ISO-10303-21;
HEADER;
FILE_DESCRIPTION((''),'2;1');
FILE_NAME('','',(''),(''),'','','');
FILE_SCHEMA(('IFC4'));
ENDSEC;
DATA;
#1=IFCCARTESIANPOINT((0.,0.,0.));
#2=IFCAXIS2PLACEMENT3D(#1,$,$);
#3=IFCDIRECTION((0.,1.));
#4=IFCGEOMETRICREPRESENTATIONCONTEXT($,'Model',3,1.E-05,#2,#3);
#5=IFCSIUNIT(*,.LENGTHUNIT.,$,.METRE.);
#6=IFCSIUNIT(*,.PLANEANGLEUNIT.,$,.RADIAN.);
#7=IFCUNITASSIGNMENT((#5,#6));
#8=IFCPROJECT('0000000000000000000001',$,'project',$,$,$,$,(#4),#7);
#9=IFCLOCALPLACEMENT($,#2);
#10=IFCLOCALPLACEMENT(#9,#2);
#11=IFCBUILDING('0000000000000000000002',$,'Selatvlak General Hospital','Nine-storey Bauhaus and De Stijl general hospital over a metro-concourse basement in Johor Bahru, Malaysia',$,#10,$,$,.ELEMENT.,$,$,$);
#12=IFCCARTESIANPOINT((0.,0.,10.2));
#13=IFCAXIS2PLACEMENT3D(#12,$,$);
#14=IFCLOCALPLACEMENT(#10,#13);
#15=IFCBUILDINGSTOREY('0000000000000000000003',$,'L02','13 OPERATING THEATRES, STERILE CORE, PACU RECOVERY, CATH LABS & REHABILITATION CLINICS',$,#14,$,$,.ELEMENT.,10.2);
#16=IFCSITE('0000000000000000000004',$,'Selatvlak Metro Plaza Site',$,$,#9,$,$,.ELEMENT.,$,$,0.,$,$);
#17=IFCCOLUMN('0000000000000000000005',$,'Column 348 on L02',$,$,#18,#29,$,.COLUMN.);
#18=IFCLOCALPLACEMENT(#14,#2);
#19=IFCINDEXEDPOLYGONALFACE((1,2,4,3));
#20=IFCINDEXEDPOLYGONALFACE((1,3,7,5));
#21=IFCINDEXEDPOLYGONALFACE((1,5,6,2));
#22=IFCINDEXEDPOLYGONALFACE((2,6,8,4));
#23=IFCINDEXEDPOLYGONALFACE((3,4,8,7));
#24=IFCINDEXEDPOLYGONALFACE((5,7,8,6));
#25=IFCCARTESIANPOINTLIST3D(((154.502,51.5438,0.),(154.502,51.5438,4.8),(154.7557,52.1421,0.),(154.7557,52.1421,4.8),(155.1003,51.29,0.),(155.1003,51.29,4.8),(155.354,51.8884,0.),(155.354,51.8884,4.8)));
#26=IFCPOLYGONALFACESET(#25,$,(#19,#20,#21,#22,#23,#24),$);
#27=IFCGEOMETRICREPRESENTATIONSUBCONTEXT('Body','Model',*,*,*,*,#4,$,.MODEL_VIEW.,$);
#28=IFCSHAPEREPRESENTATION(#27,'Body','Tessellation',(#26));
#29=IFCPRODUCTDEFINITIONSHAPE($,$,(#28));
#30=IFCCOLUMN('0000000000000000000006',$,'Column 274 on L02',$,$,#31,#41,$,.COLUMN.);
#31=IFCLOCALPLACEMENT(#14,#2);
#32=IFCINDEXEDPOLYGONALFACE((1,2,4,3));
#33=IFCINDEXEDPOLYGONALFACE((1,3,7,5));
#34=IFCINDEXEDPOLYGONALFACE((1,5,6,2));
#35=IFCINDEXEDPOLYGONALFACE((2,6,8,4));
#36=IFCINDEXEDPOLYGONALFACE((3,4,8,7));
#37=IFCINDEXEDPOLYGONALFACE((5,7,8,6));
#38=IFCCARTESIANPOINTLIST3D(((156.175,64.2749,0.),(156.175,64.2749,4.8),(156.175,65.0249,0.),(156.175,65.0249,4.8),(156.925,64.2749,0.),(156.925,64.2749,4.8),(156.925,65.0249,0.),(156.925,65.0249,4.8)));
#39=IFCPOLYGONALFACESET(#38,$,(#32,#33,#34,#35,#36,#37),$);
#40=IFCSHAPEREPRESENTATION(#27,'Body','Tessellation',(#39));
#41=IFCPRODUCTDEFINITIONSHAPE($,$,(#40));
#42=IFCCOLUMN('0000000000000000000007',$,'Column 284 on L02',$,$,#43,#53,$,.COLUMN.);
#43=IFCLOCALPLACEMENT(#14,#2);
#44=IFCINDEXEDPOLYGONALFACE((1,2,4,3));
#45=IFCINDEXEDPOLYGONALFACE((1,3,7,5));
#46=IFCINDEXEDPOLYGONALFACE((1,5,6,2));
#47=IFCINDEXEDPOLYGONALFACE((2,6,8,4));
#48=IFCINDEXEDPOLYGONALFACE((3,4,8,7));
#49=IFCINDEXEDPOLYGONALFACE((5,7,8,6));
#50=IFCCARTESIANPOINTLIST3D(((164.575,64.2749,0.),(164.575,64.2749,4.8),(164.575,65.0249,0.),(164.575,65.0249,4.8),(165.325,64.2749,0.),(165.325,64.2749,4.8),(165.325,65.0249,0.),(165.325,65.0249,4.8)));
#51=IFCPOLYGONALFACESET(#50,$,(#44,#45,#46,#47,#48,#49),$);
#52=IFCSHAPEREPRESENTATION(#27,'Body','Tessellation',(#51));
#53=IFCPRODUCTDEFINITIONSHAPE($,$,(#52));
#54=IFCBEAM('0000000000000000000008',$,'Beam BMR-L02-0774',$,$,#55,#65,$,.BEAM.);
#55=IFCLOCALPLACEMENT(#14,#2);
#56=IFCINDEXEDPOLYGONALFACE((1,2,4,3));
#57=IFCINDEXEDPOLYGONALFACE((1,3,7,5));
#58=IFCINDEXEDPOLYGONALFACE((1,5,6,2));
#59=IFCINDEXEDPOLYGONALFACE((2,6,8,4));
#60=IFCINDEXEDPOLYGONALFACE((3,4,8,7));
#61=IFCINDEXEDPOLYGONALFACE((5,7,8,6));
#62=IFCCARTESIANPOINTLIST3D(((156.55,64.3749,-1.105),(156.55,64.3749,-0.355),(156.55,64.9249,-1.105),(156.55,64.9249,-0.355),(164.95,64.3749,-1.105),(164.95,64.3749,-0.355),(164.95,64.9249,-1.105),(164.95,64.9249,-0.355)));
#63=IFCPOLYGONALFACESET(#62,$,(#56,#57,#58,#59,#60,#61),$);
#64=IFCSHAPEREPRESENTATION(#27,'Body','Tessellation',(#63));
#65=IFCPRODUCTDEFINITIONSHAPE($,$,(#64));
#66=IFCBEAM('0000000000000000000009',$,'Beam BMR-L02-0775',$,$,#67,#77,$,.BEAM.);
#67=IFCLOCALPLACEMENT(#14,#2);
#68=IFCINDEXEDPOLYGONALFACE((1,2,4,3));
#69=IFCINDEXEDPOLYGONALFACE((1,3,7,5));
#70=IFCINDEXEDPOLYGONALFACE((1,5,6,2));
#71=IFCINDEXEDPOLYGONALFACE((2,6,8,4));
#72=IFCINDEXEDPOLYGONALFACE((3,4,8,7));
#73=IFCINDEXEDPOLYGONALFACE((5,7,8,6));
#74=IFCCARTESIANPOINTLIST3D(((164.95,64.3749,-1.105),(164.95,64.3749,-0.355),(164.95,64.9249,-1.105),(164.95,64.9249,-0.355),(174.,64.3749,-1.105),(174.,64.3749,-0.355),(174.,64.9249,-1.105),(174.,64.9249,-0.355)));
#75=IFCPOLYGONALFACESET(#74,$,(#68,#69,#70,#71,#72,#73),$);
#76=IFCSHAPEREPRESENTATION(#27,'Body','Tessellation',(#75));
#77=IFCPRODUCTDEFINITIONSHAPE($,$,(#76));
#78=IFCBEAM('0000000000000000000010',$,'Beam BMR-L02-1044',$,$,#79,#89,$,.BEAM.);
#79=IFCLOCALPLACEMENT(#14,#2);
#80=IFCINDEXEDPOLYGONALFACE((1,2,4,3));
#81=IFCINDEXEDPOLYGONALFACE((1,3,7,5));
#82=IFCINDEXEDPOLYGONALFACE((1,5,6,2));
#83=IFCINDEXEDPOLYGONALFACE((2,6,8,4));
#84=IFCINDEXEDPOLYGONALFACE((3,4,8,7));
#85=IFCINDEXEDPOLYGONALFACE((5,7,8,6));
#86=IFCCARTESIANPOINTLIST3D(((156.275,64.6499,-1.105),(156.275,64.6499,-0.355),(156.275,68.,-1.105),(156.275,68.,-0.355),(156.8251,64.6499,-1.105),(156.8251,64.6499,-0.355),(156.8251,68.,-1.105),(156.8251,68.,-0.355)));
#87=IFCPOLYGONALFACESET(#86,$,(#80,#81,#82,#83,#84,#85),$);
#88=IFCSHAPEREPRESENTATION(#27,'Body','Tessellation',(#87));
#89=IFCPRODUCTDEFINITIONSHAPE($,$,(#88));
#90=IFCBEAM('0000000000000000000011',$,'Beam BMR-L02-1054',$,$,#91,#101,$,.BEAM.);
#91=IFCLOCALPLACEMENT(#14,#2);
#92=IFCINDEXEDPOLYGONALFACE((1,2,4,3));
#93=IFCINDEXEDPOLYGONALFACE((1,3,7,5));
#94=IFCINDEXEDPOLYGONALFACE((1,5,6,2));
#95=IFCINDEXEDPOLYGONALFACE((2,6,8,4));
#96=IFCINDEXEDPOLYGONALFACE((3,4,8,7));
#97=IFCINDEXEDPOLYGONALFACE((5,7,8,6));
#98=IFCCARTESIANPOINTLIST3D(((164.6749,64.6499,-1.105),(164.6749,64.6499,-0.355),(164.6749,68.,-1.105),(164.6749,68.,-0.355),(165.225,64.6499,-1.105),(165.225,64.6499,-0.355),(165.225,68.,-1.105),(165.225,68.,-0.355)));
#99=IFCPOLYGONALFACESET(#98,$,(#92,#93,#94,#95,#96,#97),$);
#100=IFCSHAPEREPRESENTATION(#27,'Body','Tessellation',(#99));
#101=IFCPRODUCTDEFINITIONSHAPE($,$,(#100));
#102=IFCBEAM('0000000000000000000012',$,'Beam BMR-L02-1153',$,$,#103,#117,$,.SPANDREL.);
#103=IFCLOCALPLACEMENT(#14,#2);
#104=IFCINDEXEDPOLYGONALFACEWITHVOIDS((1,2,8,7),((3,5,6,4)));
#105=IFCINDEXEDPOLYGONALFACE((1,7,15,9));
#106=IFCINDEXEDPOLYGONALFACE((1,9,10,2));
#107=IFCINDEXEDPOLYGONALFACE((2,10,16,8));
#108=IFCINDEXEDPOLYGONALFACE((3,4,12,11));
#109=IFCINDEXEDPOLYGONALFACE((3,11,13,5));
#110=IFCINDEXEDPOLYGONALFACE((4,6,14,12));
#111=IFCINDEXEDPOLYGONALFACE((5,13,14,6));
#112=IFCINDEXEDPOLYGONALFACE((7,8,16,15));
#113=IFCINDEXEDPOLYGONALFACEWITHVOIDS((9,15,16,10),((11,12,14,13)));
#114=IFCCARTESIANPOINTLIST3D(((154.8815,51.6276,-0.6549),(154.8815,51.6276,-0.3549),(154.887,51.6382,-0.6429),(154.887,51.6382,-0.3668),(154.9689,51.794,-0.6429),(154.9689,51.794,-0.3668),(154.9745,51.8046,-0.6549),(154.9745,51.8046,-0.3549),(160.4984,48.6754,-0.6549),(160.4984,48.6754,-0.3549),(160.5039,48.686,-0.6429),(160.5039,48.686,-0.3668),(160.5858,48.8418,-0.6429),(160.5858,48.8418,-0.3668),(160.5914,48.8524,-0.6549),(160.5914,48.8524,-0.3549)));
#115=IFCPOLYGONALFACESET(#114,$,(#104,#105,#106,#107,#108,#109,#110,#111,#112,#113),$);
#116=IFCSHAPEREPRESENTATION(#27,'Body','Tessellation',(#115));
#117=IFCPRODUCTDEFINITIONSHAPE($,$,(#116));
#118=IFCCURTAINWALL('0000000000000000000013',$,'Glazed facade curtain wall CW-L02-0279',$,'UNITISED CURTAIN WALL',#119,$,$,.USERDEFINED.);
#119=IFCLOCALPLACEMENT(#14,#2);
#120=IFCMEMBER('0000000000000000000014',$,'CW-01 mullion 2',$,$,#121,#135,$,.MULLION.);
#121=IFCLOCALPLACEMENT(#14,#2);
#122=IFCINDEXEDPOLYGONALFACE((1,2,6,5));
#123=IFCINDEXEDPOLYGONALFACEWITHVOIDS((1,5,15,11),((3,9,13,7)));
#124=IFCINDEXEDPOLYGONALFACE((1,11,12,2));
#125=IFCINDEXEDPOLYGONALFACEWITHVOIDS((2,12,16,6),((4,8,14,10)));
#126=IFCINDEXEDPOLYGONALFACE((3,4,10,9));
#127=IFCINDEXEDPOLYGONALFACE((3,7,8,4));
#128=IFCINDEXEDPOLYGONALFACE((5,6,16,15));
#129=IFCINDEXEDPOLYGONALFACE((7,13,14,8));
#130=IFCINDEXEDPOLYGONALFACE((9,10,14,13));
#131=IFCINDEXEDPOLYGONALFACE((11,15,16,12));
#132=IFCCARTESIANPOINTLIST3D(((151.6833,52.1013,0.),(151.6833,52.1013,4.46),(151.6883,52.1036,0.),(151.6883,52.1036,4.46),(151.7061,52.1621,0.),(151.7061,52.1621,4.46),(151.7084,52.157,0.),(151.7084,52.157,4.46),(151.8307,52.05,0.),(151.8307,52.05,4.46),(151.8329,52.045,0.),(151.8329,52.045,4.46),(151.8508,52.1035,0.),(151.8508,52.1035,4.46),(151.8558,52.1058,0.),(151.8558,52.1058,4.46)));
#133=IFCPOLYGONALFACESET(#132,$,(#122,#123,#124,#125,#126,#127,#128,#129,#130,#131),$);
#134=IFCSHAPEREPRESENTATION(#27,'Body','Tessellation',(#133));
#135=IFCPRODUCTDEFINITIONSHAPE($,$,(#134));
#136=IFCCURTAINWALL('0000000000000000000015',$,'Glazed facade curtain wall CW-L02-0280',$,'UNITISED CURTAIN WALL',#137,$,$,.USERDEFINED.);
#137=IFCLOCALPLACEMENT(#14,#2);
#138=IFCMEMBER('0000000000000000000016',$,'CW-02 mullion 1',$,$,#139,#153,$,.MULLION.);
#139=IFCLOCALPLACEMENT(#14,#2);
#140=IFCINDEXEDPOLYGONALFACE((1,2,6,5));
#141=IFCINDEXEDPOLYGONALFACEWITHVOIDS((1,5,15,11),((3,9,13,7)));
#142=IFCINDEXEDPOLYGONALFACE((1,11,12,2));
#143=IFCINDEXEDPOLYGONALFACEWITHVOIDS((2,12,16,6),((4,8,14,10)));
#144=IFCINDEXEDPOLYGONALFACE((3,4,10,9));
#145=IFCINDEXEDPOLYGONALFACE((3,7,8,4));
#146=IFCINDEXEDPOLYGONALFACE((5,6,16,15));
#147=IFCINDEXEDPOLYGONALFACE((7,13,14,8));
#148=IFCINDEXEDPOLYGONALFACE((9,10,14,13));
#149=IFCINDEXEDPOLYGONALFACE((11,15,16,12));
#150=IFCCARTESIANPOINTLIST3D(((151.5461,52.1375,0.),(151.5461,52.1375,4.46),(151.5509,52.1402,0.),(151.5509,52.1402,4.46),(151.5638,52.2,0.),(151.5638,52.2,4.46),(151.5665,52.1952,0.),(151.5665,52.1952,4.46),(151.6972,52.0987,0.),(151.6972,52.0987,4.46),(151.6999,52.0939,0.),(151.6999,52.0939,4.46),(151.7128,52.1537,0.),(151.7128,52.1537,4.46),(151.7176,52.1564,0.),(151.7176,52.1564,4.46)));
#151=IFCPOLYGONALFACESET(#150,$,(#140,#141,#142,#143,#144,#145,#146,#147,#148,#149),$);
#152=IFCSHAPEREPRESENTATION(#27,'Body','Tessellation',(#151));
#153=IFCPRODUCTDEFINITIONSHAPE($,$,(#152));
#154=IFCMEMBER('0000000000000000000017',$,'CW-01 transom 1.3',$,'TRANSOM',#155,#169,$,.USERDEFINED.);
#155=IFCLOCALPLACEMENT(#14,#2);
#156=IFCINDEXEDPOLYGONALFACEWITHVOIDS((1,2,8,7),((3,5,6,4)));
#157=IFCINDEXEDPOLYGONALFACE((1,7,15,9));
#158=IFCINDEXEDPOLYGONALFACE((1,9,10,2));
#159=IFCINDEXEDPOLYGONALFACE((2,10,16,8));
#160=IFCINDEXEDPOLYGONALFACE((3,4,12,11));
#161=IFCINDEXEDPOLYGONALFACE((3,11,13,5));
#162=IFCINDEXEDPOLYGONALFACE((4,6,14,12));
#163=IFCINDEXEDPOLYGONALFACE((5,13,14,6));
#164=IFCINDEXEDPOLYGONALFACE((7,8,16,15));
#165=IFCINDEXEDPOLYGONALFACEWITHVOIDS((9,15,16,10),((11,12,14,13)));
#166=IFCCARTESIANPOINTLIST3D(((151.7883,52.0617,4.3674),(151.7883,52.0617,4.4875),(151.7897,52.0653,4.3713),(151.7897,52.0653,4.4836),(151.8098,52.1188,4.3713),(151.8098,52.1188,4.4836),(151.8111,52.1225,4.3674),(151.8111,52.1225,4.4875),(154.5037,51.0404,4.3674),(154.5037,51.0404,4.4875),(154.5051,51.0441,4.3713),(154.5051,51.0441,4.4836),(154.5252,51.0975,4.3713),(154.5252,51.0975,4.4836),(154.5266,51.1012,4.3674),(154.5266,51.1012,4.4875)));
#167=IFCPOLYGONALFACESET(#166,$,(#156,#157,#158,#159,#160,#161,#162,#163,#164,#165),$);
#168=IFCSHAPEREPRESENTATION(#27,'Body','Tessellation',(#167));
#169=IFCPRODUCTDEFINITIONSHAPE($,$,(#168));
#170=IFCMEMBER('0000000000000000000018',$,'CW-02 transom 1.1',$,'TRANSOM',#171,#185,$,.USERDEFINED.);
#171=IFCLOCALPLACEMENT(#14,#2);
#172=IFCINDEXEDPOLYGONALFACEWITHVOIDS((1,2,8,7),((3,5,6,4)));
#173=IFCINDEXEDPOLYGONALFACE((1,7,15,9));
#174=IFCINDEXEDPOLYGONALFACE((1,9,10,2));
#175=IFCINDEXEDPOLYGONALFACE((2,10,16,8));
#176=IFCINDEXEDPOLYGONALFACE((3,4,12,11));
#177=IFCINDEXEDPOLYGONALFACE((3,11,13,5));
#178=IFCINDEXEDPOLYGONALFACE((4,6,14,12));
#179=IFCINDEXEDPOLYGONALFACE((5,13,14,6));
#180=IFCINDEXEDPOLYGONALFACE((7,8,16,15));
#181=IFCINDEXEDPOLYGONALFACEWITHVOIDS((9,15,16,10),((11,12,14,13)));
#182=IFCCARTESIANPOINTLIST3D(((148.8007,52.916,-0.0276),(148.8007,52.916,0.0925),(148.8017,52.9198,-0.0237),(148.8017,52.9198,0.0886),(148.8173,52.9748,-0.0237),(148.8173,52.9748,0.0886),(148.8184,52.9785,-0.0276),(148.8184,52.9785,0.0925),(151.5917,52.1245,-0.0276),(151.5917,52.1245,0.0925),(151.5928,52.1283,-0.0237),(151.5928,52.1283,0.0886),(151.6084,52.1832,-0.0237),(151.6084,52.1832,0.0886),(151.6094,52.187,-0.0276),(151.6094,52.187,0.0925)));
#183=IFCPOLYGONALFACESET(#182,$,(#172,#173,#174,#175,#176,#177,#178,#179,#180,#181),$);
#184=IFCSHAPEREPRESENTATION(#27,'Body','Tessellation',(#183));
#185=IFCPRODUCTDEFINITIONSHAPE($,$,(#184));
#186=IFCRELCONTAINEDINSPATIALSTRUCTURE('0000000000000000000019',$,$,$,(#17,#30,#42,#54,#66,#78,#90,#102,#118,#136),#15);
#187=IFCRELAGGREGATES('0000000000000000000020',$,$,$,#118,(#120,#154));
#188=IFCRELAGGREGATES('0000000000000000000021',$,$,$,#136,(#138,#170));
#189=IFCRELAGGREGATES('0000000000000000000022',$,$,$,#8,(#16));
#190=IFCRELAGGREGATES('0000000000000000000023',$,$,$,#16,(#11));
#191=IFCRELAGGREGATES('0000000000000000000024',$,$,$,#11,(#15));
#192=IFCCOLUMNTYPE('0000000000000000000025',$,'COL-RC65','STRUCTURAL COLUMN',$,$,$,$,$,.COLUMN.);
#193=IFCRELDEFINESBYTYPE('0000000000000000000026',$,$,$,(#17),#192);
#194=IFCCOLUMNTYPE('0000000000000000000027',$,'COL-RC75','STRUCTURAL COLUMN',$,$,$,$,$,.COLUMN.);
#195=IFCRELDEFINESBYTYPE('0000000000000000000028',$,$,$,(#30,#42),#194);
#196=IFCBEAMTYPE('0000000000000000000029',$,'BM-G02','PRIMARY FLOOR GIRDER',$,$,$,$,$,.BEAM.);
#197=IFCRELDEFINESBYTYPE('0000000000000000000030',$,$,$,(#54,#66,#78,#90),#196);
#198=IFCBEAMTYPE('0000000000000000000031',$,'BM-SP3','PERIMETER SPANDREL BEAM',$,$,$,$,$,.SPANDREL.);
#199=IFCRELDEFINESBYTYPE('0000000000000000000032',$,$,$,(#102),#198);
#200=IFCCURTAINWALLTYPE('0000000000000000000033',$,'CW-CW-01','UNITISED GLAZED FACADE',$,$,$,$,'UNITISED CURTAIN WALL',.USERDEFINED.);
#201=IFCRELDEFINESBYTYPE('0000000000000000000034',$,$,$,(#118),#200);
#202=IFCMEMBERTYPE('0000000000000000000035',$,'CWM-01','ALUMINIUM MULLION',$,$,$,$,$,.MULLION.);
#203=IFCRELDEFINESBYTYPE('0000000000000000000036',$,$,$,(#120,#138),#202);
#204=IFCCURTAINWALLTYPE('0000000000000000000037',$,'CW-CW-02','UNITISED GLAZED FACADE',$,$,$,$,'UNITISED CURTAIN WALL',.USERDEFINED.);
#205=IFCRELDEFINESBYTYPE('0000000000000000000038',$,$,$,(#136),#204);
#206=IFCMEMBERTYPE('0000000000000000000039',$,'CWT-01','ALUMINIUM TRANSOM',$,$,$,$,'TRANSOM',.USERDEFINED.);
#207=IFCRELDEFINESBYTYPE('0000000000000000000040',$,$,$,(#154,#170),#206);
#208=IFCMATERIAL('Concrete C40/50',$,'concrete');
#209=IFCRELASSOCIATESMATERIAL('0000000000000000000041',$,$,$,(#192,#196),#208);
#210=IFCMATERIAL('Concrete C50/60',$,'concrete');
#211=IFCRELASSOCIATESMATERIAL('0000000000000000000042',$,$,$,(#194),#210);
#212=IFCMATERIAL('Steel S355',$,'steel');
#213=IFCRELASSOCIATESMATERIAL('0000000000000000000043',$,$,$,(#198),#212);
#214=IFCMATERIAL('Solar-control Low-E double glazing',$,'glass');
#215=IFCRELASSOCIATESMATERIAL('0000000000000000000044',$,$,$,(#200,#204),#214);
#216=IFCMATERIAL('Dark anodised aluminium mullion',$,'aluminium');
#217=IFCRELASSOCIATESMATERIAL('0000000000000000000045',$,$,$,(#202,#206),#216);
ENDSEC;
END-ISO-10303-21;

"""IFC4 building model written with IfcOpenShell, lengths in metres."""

from ifc_helpers import new_model, si_unit, direction, frame, origin, origin_2d, place, context, subcontext, project, spatial, rectangle, hollow_rectangle, extrude, material, material_profile, profile_set, type_object, element, aggregate, save


model = new_model("IFC4")

# Units and contexts
model_context = context("Model", 3, precision=1e-05, world=origin(), true_north=direction((0.0, 1.0)))
body_context = subcontext(model_context, "Body", "Model", "MODEL_VIEW")
ifc_project = project(units=[si_unit("LENGTHUNIT", "METRE"), si_unit("PLANEANGLEUNIT", "RADIAN")], contexts=[model_context])

# Site, building, storey
site_placement = place(None, origin())
site = spatial("IfcSite", under=ifc_project, at=site_placement, Name="Selatvlak Metro Plaza Site", CompositionType="ELEMENT", RefElevation=0.0)
building_placement = place(site_placement, origin())
building = spatial("IfcBuilding", under=site, at=building_placement, Name="Selatvlak General Hospital", Description="Nine-storey Bauhaus and De Stijl general hospital over a metro-concourse basement in Johor Bahru, Malaysia", CompositionType="ELEMENT")
storey_placement = place(building_placement, frame((0.0, 0.0, 10.2)))
storey = spatial("IfcBuildingStorey", under=building, at=storey_placement, Name="L02", Description="13 OPERATING THEATRES, STERILE CORE, PACU RECOVERY, CATH LABS & REHABILITATION CLINICS", CompositionType="ELEMENT", Elevation=10.2)

# Columns
ifc_material_1 = material(Name="Concrete C40/50", Category="concrete")
ifc_material_profile_1 = material_profile(ifc_material_1, rectangle(XDim=0.6499, YDim=0.6499, at=origin_2d()), Name="RC-COL 650x650")
ifc_profile_set_1 = profile_set([ifc_material_profile_1], Name="Concrete C40/50")
column_type_1 = type_object("IfcColumnType", Name="COL-RC65", Description="STRUCTURAL COLUMN", PredefinedType="COLUMN", material=ifc_profile_set_1)
column_placement = place(storey_placement, frame((154.928, 51.7161, 0.0), z_axis=(0.0, 0.0, 1.0), x_axis=(0.390394, 0.920648, 0.0)))
element("IfcColumn", 1, at=column_placement, inside=storey, type_object=column_type_1, Name="Column 348 on L02", PredefinedType="COLUMN", context=body_context, shape_type="SweptSolid", body=[
    extrude(rectangle(XDim=0.6499, YDim=0.6499, at=origin_2d()), origin(), (0.0, 0.0, 1.0), 4.8),
])
ifc_material_2 = material(Name="Concrete C50/60", Category="concrete")
ifc_material_profile_2 = material_profile(ifc_material_2, rectangle(XDim=0.75, YDim=0.75, at=origin_2d()), Name="RC-COL 750x750")
ifc_profile_set_2 = profile_set([ifc_material_profile_2], Name="Concrete C50/60")
column_type_2 = type_object("IfcColumnType", Name="COL-RC75", Description="STRUCTURAL COLUMN", PredefinedType="COLUMN", material=ifc_profile_set_2)
for number, where, z_axis, x_axis, name in (
    (2, (156.55, 64.6499, 0.0), (0.0, 0.0, 1.0), (1.0, 0.0, 0.0), "Column 274 on L02"),
    (3, (164.95, 64.6499, 0.0), (0.0, 0.0, 1.0), (1.0, 0.0, 0.0), "Column 284 on L02"),
):
    element("IfcColumn", number, at=place(storey_placement, frame(where, z_axis=z_axis, x_axis=x_axis)), inside=storey, type_object=column_type_2, Name=name, PredefinedType="COLUMN", context=body_context, shape_type="SweptSolid", body=[
        extrude(rectangle(XDim=0.75, YDim=0.75, at=origin_2d()), origin(), (0.0, 0.0, 1.0), 4.8),
    ])

# Beams
ifc_material_profile_3 = material_profile(ifc_material_1, rectangle(XDim=0.55, YDim=0.75, at=origin_2d()), Name="RC-BM 550x750")
ifc_profile_set_3 = profile_set([ifc_material_profile_3], Name="Concrete C40/50")
beam_type_1 = type_object("IfcBeamType", Name="BM-G02", Description="PRIMARY FLOOR GIRDER", PredefinedType="BEAM", material=ifc_profile_set_3)
beam_1_placement = place(storey_placement, frame((156.55, 64.6499, -0.73), z_axis=(1.0, 0.0, 0.0), x_axis=(0.0, 1.0, 0.0)))
element("IfcBeam", 4, at=beam_1_placement, inside=storey, type_object=beam_type_1, Name="Beam BMR-L02-0774", PredefinedType="BEAM", context=body_context, shape_type="SweptSolid", body=[
    extrude(rectangle(XDim=0.55, YDim=0.75, at=origin_2d()), origin(), (0.0, 0.0, 1.0), 8.3999),
])
beam_2_placement = place(storey_placement, frame((164.95, 64.6499, -0.73), z_axis=(1.0, 0.0, 0.0), x_axis=(0.0, 1.0, 0.0)))
element("IfcBeam", 5, at=beam_2_placement, inside=storey, type_object=beam_type_1, Name="Beam BMR-L02-0775", PredefinedType="BEAM", context=body_context, shape_type="SweptSolid", body=[
    extrude(rectangle(XDim=0.55, YDim=0.75, at=origin_2d()), origin(), (0.0, 0.0, 1.0), 9.05),
])
for number, where, z_axis, x_axis, name in (
    (6, (156.55, 64.6499, -0.73), (0.0, 1.0, 0.0), (-1.0, 0.0, 0.0), "Beam BMR-L02-1044"),
    (7, (164.95, 64.6499, -0.73), (0.0, 1.0, 0.0), (-1.0, 0.0, 0.0), "Beam BMR-L02-1054"),
):
    element("IfcBeam", number, at=place(storey_placement, frame(where, z_axis=z_axis, x_axis=x_axis)), inside=storey, type_object=beam_type_1, Name=name, PredefinedType="BEAM", context=body_context, shape_type="SweptSolid", body=[
        extrude(rectangle(XDim=0.55, YDim=0.75, at=origin_2d()), origin(), (0.0, 0.0, 1.0), 3.3501),
    ])
ifc_material_3 = material(Name="Steel S355", Category="steel")
ifc_material_profile_4 = material_profile(ifc_material_3, hollow_rectangle(XDim=0.2, YDim=0.3, WallThickness=0.012, at=origin_2d()), Name="RHS 300x200x12")
ifc_profile_set_4 = profile_set([ifc_material_profile_4], Name="Steel S355")
beam_type_2 = type_object("IfcBeamType", Name="BM-SP3", Description="PERIMETER SPANDREL BEAM", PredefinedType="SPANDREL", material=ifc_profile_set_4)
beam_3_placement = place(storey_placement, frame((154.928, 51.7161, -0.5049), z_axis=(0.885187, -0.465236, 0.0), x_axis=(0.465236, 0.885187, 0.0)))
element("IfcBeam", 8, at=beam_3_placement, inside=storey, type_object=beam_type_2, Name="Beam BMR-L02-1153", PredefinedType="SPANDREL", context=body_context, shape_type="SweptSolid", body=[
    extrude(hollow_rectangle(XDim=0.2, YDim=0.3, WallThickness=0.012, at=origin_2d()), origin(), (0.0, 0.0, 1.0), 6.3455),
])

# Curtain walls, members
ifc_material_4 = material(Name="Solar-control Low-E double glazing", Category="glass")
curtain_wall_type_1 = type_object("IfcCurtainWallType", Name="CW-CW-01", Description="UNITISED GLAZED FACADE", ElementType="UNITISED CURTAIN WALL", PredefinedType="USERDEFINED", material=ifc_material_4)
curtain_wall_1_placement = place(storey_placement, origin())
curtain_wall_1 = element("IfcCurtainWall", 9, at=curtain_wall_1_placement, inside=storey, type_object=curtain_wall_type_1, Name="Glazed facade curtain wall CW-L02-0279", ObjectType="UNITISED CURTAIN WALL", PredefinedType="USERDEFINED")
ifc_material_5 = material(Name="Dark anodised aluminium mullion", Category="aluminium")
ifc_material_profile_5 = material_profile(ifc_material_5, hollow_rectangle(XDim=0.0649, YDim=0.1599, WallThickness=0.0039, at=origin_2d()), Name="AL-MUL 65x160x4")
ifc_profile_set_5 = profile_set([ifc_material_profile_5], Name="Dark anodised aluminium mullion")
member_type_1 = type_object("IfcMemberType", Name="CWM-01", Description="ALUMINIUM MULLION", PredefinedType="MULLION", material=ifc_profile_set_5)
member_1_placement = place(storey_placement, frame((151.7695, 52.1035, 0.0), z_axis=(0.0, 0.0, 1.0), x_axis=(-0.352027, -0.93599, 0.0)))
member_1 = element("IfcMember", 10, at=member_1_placement, type_object=member_type_1, Name="CW-01 mullion 2", PredefinedType="MULLION", context=body_context, shape_type="SweptSolid", body=[
    extrude(hollow_rectangle(XDim=0.0649, YDim=0.1599, WallThickness=0.0039, at=origin_2d()), origin(), (0.0, 0.0, 1.0), 4.46),
])
curtain_wall_type_2 = type_object("IfcCurtainWallType", Name="CW-CW-02", Description="UNITISED GLAZED FACADE", ElementType="UNITISED CURTAIN WALL", PredefinedType="USERDEFINED", material=ifc_material_4)
curtain_wall_2_placement = place(storey_placement, origin())
curtain_wall_2 = element("IfcCurtainWall", 11, at=curtain_wall_2_placement, inside=storey, type_object=curtain_wall_type_2, Name="Glazed facade curtain wall CW-L02-0280", ObjectType="UNITISED CURTAIN WALL", PredefinedType="USERDEFINED")
member_2_placement = place(storey_placement, frame((151.6318, 52.147, 0.0), z_axis=(0.0, 0.0, 1.0), x_axis=(-0.272847, -0.962057, 0.0)))
member_2 = element("IfcMember", 12, at=member_2_placement, type_object=member_type_1, Name="CW-02 mullion 1", PredefinedType="MULLION", context=body_context, shape_type="SweptSolid", body=[
    extrude(hollow_rectangle(XDim=0.0649, YDim=0.1599, WallThickness=0.0039, at=origin_2d()), origin(), (0.0, 0.0, 1.0), 4.46),
])

# Members
ifc_material_profile_6 = material_profile(ifc_material_5, hollow_rectangle(XDim=0.0649, YDim=0.1201, WallThickness=0.0039, at=origin_2d()), Name="AL-TRN 65x120x4")
ifc_profile_set_6 = profile_set([ifc_material_profile_6], Name="Dark anodised aluminium mullion")
member_type_2 = type_object("IfcMemberType", Name="CWT-01", Description="ALUMINIUM TRANSOM", ElementType="TRANSOM", PredefinedType="USERDEFINED", material=ifc_profile_set_6)
member_3_placement = place(storey_placement, frame((154.5151, 51.0708, 4.4275), z_axis=(-0.93599, 0.352027, 0.0), x_axis=(-0.352027, -0.93599, 0.0)))
member_3 = element("IfcMember", 13, at=member_3_placement, type_object=member_type_2, Name="CW-01 transom 1.3", ObjectType="TRANSOM", PredefinedType="USERDEFINED", context=body_context, shape_type="SweptSolid", body=[
    extrude(hollow_rectangle(XDim=0.0649, YDim=0.1201, WallThickness=0.0039, at=origin_2d()), origin(), (0.0, 0.0, 1.0), 2.9011),
])
member_4_placement = place(storey_placement, frame((151.6006, 52.1558, 0.0325), z_axis=(-0.962062, 0.272831, 0.0), x_axis=(-0.272831, -0.962062, 0.0)))
member_4 = element("IfcMember", 14, at=member_4_placement, type_object=member_type_2, Name="CW-02 transom 1.1", ObjectType="TRANSOM", PredefinedType="USERDEFINED", context=body_context, shape_type="SweptSolid", body=[
    extrude(hollow_rectangle(XDim=0.0649, YDim=0.1201, WallThickness=0.0039, at=origin_2d()), origin(), (0.0, 0.0, 1.0), 2.9011),
])

aggregate(curtain_wall_1, [member_1, member_3])
aggregate(curtain_wall_2, [member_2, member_4])

save(model, "model.ifc")
